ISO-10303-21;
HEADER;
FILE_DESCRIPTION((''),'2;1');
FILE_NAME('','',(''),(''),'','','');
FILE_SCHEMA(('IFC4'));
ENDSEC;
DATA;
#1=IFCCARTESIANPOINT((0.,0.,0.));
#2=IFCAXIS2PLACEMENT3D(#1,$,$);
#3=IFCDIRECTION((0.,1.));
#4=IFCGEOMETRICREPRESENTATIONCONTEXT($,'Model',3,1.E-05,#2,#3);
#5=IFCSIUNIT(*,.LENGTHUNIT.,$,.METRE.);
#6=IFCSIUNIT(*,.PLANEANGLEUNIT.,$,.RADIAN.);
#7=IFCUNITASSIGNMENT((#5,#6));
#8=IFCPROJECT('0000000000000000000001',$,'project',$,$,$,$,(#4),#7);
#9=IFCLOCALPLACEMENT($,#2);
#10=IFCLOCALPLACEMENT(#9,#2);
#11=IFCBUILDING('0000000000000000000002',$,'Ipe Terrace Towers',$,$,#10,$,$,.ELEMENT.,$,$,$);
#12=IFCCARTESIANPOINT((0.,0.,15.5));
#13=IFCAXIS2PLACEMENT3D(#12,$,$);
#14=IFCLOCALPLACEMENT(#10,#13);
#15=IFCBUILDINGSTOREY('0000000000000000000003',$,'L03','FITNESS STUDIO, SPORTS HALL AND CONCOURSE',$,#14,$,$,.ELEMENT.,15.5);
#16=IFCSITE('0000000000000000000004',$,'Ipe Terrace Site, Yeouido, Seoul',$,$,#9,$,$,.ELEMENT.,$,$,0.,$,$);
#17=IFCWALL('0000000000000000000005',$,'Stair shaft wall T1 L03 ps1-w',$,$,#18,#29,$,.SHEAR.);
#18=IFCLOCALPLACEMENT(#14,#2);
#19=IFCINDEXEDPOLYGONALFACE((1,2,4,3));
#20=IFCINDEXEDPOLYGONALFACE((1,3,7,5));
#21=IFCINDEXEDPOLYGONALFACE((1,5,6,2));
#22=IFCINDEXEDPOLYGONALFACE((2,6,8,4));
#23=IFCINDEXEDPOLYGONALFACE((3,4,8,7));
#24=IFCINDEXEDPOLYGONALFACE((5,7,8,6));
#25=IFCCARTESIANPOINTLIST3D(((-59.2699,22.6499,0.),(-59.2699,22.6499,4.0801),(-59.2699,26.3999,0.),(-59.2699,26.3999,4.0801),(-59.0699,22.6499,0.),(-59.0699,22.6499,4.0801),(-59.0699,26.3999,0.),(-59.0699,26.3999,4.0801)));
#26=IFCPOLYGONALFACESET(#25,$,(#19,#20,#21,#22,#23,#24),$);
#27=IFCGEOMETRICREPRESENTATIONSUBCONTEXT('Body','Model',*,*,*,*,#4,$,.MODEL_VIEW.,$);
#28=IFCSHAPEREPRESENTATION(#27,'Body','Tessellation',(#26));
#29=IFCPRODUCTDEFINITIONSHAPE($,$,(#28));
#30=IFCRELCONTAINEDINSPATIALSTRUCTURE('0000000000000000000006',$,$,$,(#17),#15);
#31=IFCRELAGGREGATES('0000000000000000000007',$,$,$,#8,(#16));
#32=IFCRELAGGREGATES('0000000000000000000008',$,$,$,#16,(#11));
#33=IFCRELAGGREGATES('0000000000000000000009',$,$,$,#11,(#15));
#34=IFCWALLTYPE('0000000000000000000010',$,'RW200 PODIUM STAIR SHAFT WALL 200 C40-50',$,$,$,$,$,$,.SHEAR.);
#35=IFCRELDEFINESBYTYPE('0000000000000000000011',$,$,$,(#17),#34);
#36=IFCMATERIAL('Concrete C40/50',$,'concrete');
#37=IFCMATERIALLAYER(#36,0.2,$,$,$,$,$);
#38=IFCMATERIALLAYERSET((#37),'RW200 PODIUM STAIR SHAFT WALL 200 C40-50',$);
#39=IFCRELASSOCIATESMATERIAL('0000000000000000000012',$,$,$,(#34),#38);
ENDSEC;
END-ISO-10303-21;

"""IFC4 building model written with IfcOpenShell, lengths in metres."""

from ifc_helpers import new_model, si_unit, direction, frame, frame_2d, origin, place, context, subcontext, project, spatial, rectangle, extrude, material, layer, layer_set, type_object, element, save


model = new_model("IFC4")

# Units and contexts
model_context = context("Model", 3, precision=1e-05, world=origin(), true_north=direction((0.0, 1.0)))
body_context = subcontext(model_context, "Body", "Model", "MODEL_VIEW")
ifc_project = project(units=[si_unit("LENGTHUNIT", "METRE"), si_unit("PLANEANGLEUNIT", "RADIAN")], contexts=[model_context])

# Site, building, storey
site_placement = place(None, origin())
site = spatial("IfcSite", under=ifc_project, at=site_placement, Name="Ipe Terrace Site, Yeouido, Seoul", CompositionType="ELEMENT", RefElevation=0.0)
building_placement = place(site_placement, origin())
building = spatial("IfcBuilding", under=site, at=building_placement, Name="Ipe Terrace Towers", CompositionType="ELEMENT")
storey_placement = place(building_placement, frame((0.0, 0.0, 15.5)))
storey = spatial("IfcBuildingStorey", under=building, at=storey_placement, Name="L03", Description="FITNESS STUDIO, SPORTS HALL AND CONCOURSE", CompositionType="ELEMENT", Elevation=15.5)

# Wall
ifc_material_1 = material(Name="Concrete C40/50", Category="concrete")
ifc_layer_1 = layer(ifc_material_1, 0.2)
ifc_layer_set_1 = layer_set([ifc_layer_1], Name="RW200 PODIUM STAIR SHAFT WALL 200 C40-50")
wall_type_1 = type_object("IfcWallType", Name="RW200 PODIUM STAIR SHAFT WALL 200 C40-50", PredefinedType="SHEAR", material=ifc_layer_set_1)
wall_1_placement = place(storey_placement, frame((-59.1699, 22.6499, 0.0), z_axis=(0.0, 0.0, 1.0), x_axis=(0.0, 1.0, 0.0)))
element("IfcWall", 1, at=wall_1_placement, inside=storey, type_object=wall_type_1, Name="Stair shaft wall T1 L03 ps1-w", PredefinedType="SHEAR", context=body_context, shape_type="SweptSolid", body=[
    extrude(rectangle(XDim=3.75, YDim=0.2, at=frame_2d((1.875, 0.0))), origin(), (0.0, 0.0, 1.0), 4.0801),
])

save(model, "model.ifc")
